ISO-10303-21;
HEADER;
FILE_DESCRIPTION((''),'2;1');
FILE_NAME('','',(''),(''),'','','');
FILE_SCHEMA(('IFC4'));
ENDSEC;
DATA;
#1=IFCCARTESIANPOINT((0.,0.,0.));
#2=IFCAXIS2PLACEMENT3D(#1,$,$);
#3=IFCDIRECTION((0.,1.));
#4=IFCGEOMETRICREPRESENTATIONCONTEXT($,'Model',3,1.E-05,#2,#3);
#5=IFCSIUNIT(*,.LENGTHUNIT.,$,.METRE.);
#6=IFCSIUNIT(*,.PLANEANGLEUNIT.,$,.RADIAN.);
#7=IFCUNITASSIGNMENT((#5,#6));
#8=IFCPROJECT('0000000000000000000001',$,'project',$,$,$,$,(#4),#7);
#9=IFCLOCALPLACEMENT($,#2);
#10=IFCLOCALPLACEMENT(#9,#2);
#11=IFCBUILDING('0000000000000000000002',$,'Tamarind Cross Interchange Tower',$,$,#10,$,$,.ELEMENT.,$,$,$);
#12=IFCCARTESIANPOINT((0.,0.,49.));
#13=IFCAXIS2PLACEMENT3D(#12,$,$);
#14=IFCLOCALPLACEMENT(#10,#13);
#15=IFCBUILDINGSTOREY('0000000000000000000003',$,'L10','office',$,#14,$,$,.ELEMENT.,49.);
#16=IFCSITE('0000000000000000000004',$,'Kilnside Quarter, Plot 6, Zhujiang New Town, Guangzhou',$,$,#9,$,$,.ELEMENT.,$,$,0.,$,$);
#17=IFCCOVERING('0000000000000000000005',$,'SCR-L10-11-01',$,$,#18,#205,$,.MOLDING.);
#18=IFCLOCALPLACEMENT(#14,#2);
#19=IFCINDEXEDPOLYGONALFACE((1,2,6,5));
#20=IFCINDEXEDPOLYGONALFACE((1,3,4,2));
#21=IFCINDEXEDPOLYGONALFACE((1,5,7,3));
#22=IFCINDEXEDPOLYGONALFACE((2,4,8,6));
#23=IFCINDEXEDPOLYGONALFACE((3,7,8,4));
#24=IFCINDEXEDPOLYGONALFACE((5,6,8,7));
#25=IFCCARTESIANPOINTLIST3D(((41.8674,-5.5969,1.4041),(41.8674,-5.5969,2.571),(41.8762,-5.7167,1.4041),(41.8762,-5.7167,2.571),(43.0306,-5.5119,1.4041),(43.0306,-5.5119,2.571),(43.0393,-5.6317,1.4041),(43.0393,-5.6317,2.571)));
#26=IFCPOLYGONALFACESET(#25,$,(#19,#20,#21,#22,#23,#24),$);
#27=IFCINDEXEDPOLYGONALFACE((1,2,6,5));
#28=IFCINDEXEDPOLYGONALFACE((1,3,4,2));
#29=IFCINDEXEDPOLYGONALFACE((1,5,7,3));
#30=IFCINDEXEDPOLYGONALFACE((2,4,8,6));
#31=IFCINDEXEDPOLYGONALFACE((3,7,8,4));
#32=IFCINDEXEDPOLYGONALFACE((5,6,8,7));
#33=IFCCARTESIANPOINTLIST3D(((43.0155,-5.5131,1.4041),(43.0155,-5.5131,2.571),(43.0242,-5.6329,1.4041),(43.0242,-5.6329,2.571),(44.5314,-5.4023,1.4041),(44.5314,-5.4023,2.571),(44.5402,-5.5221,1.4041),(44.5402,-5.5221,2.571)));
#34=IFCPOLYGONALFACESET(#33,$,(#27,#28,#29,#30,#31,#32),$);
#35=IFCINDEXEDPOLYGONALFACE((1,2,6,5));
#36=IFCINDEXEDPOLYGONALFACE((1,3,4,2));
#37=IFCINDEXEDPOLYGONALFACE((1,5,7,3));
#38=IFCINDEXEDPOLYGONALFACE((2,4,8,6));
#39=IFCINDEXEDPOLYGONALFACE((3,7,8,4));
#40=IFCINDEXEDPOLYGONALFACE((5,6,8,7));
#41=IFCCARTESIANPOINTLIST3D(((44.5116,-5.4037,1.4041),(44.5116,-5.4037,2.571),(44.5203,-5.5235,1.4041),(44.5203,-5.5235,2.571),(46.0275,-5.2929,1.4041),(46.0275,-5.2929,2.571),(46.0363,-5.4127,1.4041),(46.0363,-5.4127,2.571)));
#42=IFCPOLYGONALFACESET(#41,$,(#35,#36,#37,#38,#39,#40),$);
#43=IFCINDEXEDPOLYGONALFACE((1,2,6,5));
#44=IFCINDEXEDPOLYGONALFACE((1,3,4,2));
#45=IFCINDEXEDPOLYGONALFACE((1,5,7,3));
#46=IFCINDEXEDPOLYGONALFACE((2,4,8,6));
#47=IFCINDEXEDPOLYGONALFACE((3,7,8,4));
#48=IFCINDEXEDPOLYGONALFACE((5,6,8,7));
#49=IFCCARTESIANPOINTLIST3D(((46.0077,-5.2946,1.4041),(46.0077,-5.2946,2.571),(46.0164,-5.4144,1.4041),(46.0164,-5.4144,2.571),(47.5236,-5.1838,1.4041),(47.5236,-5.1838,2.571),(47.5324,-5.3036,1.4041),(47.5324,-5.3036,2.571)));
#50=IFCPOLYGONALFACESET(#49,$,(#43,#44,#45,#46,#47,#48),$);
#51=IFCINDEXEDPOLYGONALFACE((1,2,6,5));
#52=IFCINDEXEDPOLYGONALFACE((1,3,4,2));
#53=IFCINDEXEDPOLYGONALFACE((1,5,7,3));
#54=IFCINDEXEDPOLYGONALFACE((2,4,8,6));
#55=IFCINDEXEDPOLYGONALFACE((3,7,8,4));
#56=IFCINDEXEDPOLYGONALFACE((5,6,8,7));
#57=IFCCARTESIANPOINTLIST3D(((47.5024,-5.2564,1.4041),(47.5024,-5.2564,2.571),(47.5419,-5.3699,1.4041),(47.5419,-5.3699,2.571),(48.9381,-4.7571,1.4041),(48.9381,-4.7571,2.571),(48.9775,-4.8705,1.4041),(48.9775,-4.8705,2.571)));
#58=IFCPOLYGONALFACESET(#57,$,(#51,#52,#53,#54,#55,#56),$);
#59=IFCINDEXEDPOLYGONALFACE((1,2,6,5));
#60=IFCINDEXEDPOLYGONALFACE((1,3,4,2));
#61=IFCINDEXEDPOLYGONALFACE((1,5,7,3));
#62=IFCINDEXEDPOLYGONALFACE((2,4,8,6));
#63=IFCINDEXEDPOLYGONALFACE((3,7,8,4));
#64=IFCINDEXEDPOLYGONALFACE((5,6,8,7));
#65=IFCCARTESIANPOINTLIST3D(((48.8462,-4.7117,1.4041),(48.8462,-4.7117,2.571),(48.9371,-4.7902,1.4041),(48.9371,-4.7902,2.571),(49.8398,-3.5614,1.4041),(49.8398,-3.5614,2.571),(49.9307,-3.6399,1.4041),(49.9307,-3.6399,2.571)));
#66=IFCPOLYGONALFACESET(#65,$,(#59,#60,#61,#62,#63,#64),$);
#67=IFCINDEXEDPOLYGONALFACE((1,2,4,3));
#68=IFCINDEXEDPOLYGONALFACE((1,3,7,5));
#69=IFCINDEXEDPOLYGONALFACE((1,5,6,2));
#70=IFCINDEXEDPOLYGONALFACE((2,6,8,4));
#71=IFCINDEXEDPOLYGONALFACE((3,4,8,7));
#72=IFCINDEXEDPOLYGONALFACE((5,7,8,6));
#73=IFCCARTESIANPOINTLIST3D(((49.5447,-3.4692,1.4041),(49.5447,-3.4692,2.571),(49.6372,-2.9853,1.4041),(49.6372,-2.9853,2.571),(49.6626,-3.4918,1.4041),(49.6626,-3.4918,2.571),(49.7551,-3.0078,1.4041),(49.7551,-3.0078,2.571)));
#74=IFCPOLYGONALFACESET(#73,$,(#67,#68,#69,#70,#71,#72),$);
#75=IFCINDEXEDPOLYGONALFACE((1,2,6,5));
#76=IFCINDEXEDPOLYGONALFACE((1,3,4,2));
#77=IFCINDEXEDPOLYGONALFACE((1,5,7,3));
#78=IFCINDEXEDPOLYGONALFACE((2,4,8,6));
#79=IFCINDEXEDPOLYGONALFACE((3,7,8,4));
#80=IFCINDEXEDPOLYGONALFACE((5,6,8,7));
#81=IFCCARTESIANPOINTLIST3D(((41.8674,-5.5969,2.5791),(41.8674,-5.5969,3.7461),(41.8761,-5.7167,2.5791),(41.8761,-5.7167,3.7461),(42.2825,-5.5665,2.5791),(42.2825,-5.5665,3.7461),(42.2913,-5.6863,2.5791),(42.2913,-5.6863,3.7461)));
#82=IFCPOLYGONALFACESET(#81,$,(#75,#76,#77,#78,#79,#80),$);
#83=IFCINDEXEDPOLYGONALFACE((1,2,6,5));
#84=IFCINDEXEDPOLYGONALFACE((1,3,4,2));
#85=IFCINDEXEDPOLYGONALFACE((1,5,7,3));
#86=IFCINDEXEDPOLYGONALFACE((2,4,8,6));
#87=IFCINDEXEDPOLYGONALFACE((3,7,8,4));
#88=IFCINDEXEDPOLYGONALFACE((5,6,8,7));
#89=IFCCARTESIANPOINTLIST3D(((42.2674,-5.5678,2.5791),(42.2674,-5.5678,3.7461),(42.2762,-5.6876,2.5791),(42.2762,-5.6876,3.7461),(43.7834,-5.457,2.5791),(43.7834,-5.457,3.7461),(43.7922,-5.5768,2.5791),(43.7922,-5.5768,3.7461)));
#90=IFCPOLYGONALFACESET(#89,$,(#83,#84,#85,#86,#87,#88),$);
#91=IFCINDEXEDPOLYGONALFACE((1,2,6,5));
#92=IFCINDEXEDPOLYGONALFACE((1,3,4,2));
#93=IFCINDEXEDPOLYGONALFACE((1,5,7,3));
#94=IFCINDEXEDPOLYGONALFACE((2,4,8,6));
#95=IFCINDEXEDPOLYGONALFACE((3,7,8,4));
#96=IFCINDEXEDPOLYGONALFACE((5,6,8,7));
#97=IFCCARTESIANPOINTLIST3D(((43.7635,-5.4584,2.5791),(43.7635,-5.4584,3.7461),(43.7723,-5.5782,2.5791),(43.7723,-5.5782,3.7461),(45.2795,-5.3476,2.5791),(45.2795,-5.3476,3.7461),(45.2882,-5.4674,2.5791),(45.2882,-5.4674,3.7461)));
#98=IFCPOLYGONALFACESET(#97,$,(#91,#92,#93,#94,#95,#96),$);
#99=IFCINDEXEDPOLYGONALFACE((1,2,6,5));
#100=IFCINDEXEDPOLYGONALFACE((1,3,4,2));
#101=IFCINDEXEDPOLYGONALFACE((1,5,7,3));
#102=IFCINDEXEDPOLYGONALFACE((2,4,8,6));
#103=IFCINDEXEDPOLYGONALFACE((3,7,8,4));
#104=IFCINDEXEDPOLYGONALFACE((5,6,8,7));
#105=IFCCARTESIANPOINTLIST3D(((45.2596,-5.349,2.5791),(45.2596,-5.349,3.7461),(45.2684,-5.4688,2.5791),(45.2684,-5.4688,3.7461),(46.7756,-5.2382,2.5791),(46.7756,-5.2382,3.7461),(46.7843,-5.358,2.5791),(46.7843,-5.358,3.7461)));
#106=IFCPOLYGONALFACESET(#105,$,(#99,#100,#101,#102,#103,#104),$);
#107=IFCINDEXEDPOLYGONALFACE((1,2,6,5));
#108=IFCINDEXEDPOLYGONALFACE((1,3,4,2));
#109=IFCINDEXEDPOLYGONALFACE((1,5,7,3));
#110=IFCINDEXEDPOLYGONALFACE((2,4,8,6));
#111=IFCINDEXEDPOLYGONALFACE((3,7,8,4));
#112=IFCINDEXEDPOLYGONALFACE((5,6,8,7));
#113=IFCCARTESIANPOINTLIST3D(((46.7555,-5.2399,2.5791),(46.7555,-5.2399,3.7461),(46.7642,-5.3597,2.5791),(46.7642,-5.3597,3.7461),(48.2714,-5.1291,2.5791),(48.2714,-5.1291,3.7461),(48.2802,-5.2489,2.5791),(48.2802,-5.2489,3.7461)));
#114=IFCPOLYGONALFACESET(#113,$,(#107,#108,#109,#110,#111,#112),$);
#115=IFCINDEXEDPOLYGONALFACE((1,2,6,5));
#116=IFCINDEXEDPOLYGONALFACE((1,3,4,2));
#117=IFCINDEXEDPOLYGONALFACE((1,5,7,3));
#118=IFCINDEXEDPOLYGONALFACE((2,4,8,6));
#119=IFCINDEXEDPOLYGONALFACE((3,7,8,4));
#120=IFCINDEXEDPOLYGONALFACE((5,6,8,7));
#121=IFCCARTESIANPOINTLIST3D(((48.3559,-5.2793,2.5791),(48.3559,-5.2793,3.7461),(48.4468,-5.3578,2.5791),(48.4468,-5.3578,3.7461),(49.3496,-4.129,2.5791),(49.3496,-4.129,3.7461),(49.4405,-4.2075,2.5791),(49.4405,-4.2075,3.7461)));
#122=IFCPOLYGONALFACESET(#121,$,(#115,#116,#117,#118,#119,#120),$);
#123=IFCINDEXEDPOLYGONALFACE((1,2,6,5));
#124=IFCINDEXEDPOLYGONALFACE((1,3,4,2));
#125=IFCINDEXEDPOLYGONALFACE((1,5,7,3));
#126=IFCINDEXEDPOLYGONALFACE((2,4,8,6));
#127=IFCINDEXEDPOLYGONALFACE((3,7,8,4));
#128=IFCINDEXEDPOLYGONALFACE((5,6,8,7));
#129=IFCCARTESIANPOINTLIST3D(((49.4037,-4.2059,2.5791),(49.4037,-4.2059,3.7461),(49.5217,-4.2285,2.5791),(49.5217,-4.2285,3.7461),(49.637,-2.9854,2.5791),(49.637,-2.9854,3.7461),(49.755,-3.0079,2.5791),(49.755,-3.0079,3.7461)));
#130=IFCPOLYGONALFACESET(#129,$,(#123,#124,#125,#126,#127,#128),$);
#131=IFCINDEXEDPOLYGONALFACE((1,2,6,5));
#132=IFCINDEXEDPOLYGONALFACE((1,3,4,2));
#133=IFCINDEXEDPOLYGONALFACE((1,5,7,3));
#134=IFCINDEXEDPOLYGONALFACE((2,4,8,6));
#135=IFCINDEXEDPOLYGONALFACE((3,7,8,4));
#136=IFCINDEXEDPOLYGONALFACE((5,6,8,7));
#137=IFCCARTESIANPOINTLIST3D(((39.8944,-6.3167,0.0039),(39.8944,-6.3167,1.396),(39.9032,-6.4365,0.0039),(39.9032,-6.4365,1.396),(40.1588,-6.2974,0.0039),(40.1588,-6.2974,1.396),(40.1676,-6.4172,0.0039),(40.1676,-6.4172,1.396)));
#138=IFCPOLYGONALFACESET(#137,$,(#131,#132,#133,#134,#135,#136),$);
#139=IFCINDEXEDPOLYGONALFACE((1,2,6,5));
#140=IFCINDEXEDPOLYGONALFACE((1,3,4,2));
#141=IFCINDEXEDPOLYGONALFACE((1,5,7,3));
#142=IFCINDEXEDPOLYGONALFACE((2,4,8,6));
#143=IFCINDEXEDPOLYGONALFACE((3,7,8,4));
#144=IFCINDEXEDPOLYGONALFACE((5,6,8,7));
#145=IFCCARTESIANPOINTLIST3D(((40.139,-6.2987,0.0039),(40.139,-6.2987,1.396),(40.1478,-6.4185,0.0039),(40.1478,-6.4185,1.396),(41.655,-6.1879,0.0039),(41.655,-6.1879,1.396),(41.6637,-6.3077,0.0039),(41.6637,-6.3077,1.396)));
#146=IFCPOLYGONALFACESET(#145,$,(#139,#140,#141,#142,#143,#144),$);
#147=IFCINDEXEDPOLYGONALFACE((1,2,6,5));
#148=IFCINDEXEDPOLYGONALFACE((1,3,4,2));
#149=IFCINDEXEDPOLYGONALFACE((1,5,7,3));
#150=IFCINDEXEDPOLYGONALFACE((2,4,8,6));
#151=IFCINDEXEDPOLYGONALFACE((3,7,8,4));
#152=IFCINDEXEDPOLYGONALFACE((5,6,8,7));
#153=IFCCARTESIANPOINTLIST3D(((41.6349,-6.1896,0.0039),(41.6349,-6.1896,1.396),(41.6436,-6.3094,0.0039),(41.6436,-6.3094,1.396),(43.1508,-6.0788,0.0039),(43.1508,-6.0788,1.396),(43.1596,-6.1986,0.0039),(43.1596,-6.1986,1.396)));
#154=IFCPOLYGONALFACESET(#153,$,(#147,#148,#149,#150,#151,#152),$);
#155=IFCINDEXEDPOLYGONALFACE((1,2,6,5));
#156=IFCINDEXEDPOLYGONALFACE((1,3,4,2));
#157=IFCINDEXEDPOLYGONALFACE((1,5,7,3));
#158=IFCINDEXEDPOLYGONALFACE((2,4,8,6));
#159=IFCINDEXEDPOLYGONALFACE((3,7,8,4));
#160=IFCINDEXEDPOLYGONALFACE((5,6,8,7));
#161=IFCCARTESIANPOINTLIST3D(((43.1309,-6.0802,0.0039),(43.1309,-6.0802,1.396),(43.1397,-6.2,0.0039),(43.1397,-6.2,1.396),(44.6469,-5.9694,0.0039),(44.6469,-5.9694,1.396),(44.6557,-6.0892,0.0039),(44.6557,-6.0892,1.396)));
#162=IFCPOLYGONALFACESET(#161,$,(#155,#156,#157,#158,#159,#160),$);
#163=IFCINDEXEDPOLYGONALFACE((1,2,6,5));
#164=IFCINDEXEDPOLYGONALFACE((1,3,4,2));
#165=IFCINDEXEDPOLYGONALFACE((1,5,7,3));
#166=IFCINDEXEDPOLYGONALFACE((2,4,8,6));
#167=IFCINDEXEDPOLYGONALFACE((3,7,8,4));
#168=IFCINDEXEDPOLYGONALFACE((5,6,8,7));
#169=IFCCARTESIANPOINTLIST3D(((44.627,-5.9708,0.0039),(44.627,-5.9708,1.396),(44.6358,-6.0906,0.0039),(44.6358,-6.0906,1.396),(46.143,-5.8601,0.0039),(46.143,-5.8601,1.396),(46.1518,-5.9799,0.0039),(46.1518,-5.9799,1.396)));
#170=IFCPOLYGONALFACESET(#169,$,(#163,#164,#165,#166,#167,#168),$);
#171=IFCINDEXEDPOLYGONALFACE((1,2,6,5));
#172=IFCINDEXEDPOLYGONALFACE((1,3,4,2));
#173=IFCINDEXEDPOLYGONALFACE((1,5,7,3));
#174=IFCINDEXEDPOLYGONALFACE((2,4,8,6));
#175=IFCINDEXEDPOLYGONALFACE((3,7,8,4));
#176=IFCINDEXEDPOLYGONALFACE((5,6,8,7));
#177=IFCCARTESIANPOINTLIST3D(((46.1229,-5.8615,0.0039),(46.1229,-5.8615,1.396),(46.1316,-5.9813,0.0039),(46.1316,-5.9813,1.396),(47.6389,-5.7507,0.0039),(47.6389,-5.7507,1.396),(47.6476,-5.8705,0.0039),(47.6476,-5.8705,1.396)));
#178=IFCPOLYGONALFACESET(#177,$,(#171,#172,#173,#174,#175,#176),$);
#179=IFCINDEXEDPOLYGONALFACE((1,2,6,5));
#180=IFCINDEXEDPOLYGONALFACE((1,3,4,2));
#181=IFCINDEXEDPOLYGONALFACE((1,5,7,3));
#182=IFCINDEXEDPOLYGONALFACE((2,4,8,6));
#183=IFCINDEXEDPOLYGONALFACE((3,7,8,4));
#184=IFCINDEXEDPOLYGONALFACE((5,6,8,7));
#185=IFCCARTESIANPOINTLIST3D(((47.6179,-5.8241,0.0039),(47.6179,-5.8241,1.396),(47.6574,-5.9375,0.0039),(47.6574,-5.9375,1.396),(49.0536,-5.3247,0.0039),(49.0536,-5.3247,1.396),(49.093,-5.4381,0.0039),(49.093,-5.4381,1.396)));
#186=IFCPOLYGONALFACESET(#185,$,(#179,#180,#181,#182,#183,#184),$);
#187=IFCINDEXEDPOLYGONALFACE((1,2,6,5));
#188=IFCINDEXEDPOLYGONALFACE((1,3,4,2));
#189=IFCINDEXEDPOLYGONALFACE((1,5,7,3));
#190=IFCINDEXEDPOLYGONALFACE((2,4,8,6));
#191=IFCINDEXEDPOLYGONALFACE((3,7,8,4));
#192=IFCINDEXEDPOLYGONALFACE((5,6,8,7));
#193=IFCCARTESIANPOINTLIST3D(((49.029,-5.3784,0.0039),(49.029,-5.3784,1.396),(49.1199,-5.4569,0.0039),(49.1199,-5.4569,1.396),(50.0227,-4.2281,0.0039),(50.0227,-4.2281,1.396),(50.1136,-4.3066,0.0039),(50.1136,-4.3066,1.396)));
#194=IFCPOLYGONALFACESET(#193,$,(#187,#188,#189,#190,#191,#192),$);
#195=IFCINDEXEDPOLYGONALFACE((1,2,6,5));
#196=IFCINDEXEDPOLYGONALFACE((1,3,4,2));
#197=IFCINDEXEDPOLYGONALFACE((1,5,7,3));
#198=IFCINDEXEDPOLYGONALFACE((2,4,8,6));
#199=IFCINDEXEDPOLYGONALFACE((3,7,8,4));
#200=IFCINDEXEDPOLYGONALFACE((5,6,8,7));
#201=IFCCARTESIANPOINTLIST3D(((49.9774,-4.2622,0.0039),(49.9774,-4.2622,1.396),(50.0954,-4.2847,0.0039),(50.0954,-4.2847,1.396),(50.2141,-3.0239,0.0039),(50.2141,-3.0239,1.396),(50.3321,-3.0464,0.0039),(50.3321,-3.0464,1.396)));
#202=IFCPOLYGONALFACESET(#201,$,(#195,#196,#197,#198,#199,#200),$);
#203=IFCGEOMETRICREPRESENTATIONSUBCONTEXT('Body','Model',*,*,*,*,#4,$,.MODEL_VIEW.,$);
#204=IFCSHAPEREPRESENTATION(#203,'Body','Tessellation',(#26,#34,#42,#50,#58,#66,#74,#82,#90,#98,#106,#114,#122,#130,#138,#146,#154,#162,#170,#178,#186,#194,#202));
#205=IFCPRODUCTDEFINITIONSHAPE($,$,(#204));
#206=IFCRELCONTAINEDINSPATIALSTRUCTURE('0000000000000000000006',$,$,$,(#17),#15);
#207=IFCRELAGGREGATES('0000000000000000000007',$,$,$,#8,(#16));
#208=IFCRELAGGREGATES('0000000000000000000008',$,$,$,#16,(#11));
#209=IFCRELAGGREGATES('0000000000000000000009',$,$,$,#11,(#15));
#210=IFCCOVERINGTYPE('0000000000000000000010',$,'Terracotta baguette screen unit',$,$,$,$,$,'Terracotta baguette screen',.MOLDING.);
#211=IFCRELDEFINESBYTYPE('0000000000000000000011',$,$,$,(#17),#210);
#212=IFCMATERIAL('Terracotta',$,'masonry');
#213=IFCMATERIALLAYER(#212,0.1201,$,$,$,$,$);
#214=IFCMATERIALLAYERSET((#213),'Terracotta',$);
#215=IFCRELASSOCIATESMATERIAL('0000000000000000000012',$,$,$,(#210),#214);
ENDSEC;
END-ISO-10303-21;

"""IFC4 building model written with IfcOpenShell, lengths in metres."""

from ifc_helpers import new_model, si_unit, direction, frame, origin, origin_2d, place, context, subcontext, project, spatial, rectangle, extrude, material, layer, layer_set, type_object, element, save


model = new_model("IFC4")

# Units and contexts
model_context = context("Model", 3, precision=1e-05, world=origin(), true_north=direction((0.0, 1.0)))
body_context = subcontext(model_context, "Body", "Model", "MODEL_VIEW")
ifc_project = project(units=[si_unit("LENGTHUNIT", "METRE"), si_unit("PLANEANGLEUNIT", "RADIAN")], contexts=[model_context])

# Site, building, storey
site_placement = place(None, origin())
site = spatial("IfcSite", under=ifc_project, at=site_placement, Name="Kilnside Quarter, Plot 6, Zhujiang New Town, Guangzhou", CompositionType="ELEMENT", RefElevation=0.0)
building_placement = place(site_placement, origin())
building = spatial("IfcBuilding", under=site, at=building_placement, Name="Tamarind Cross Interchange Tower", CompositionType="ELEMENT")
storey_placement = place(building_placement, frame((0.0, 0.0, 49.0)))
storey = spatial("IfcBuildingStorey", under=building, at=storey_placement, Name="L10", Description="office", CompositionType="ELEMENT", Elevation=49.0)

# Covering
ifc_material_1 = material(Name="Terracotta", Category="masonry")
ifc_layer_1 = layer(ifc_material_1, 0.1201)
ifc_layer_set_1 = layer_set([ifc_layer_1], Name="Terracotta")
covering_type = type_object("IfcCoveringType", Name="Terracotta baguette screen unit", ElementType="Terracotta baguette screen", PredefinedType="MOLDING", material=ifc_layer_set_1)
covering_1_placement = place(storey_placement, origin())
element("IfcCovering", 1, at=covering_1_placement, inside=storey, type_object=covering_type, Name="SCR-L10-11-01", PredefinedType="MOLDING", context=body_context, shape_type="SweptSolid", body=[
    extrude(rectangle(XDim=1.1663, YDim=0.1201, at=origin_2d()), frame((42.4534, -5.6143, 1.4041), z_axis=(0.0, 0.0, 1.0), x_axis=(0.997341, 0.072876, 0.0)), (0.0, 0.0, 1.0), 1.167),
    extrude(rectangle(XDim=1.52, YDim=0.1201, at=origin_2d()), frame((43.7778, -5.5176, 1.4041), z_axis=(0.0, 0.0, 1.0), x_axis=(0.997341, 0.072876, 0.0)), (0.0, 0.0, 1.0), 1.167),
    extrude(rectangle(XDim=1.52, YDim=0.1201, at=origin_2d()), frame((45.2739, -5.4082, 1.4041), z_axis=(0.0, 0.0, 1.0), x_axis=(0.997341, 0.072876, 0.0)), (0.0, 0.0, 1.0), 1.167),
    extrude(rectangle(XDim=1.52, YDim=0.1201, at=origin_2d()), frame((46.77, -5.2991, 1.4041), z_axis=(0.0, 0.0, 1.0), x_axis=(0.997341, 0.072876, 0.0)), (0.0, 0.0, 1.0), 1.167),
    extrude(rectangle(XDim=1.52, YDim=0.1201, at=origin_2d()), frame((48.24, -5.0635, 1.4041), z_axis=(0.0, 0.0, 1.0), x_axis=(0.944496, 0.328524, 0.0)), (0.0, 0.0, 1.0), 1.167),
    extrude(rectangle(XDim=1.52, YDim=0.1201, at=origin_2d()), frame((49.3884, -4.1758, 1.4041), z_axis=(0.0, 0.0, 1.0), x_axis=(0.653695, 0.756758, 0.0)), (0.0, 0.0, 1.0), 1.167),
    extrude(rectangle(XDim=0.4927, YDim=0.1201, at=origin_2d()), frame((49.6499, -3.2385, 1.4041), z_axis=(0.0, 0.0, 1.0), x_axis=(0.187738, 0.982219, 0.0)), (0.0, 0.0, 1.0), 1.167),
    extrude(rectangle(XDim=0.4163, YDim=0.1201, at=origin_2d()), frame((42.0793, -5.6416, 2.5791), z_axis=(0.0, 0.0, 1.0), x_axis=(0.997341, 0.072876, 0.0)), (0.0, 0.0, 1.0), 1.167),
    extrude(rectangle(XDim=1.52, YDim=0.1201, at=origin_2d()), frame((43.0298, -5.5723, 2.5791), z_axis=(0.0, 0.0, 1.0), x_axis=(0.997341, 0.072876, 0.0)), (0.0, 0.0, 1.0), 1.167),
    extrude(rectangle(XDim=1.52, YDim=0.1201, at=origin_2d()), frame((44.5259, -5.4629, 2.5791), z_axis=(0.0, 0.0, 1.0), x_axis=(0.997341, 0.072876, 0.0)), (0.0, 0.0, 1.0), 1.167),
    extrude(rectangle(XDim=1.52, YDim=0.1201, at=origin_2d()), frame((46.022, -5.3535, 2.5791), z_axis=(0.0, 0.0, 1.0), x_axis=(0.997341, 0.072876, 0.0)), (0.0, 0.0, 1.0), 1.167),
    extrude(rectangle(XDim=1.52, YDim=0.1201, at=origin_2d()), frame((47.5178, -5.2444, 2.5791), z_axis=(0.0, 0.0, 1.0), x_axis=(0.997341, 0.072876, 0.0)), (0.0, 0.0, 1.0), 1.167),
    extrude(rectangle(XDim=1.52, YDim=0.1201, at=origin_2d()), frame((48.8982, -4.7434, 2.5791), z_axis=(0.0, 0.0, 1.0), x_axis=(0.653695, 0.756758, 0.0)), (0.0, 0.0, 1.0), 1.167),
    extrude(rectangle(XDim=1.2427, YDim=0.1201, at=origin_2d()), frame((49.5793, -3.6069, 2.5791), z_axis=(0.0, 0.0, 1.0), x_axis=(0.187738, 0.982219, 0.0)), (0.0, 0.0, 1.0), 1.167),
    extrude(rectangle(XDim=0.2651, YDim=0.1201, at=origin_2d()), frame((40.031, -6.3669, 0.0039), z_axis=(0.0, 0.0, 1.0), x_axis=(0.997341, 0.072876, 0.0)), (0.0, 0.0, 1.0), 1.3921),
    extrude(rectangle(XDim=1.52, YDim=0.1201, at=origin_2d()), frame((40.9014, -6.3032, 0.0039), z_axis=(0.0, 0.0, 1.0), x_axis=(0.997341, 0.072876, 0.0)), (0.0, 0.0, 1.0), 1.3921),
    extrude(rectangle(XDim=1.52, YDim=0.1201, at=origin_2d()), frame((42.3972, -6.1941, 0.0039), z_axis=(0.0, 0.0, 1.0), x_axis=(0.997341, 0.072876, 0.0)), (0.0, 0.0, 1.0), 1.3921),
    extrude(rectangle(XDim=1.52, YDim=0.1201, at=origin_2d()), frame((43.8933, -6.0847, 0.0039), z_axis=(0.0, 0.0, 1.0), x_axis=(0.997341, 0.072876, 0.0)), (0.0, 0.0, 1.0), 1.3921),
    extrude(rectangle(XDim=1.52, YDim=0.1201, at=origin_2d()), frame((45.3894, -5.9753, 0.0039), z_axis=(0.0, 0.0, 1.0), x_axis=(0.997341, 0.072876, 0.0)), (0.0, 0.0, 1.0), 1.3921),
    extrude(rectangle(XDim=1.52, YDim=0.1201, at=origin_2d()), frame((46.8853, -5.866, 0.0039), z_axis=(0.0, 0.0, 1.0), x_axis=(0.997341, 0.072876, 0.0)), (0.0, 0.0, 1.0), 1.3921),
    extrude(rectangle(XDim=1.52, YDim=0.1201, at=origin_2d()), frame((48.3555, -5.6311, 0.0039), z_axis=(0.0, 0.0, 1.0), x_axis=(0.944496, 0.328524, 0.0)), (0.0, 0.0, 1.0), 1.3921),
    extrude(rectangle(XDim=1.52, YDim=0.1201, at=origin_2d()), frame((49.5713, -4.8425, 0.0039), z_axis=(0.0, 0.0, 1.0), x_axis=(0.653695, 0.756758, 0.0)), (0.0, 0.0, 1.0), 1.3921),
    extrude(rectangle(XDim=1.2607, YDim=0.1201, at=origin_2d()), frame((50.1548, -3.6543, 0.0039), z_axis=(0.0, 0.0, 1.0), x_axis=(0.187738, 0.982219, 0.0)), (0.0, 0.0, 1.0), 1.3921),
])

save(model, "model.ifc")
